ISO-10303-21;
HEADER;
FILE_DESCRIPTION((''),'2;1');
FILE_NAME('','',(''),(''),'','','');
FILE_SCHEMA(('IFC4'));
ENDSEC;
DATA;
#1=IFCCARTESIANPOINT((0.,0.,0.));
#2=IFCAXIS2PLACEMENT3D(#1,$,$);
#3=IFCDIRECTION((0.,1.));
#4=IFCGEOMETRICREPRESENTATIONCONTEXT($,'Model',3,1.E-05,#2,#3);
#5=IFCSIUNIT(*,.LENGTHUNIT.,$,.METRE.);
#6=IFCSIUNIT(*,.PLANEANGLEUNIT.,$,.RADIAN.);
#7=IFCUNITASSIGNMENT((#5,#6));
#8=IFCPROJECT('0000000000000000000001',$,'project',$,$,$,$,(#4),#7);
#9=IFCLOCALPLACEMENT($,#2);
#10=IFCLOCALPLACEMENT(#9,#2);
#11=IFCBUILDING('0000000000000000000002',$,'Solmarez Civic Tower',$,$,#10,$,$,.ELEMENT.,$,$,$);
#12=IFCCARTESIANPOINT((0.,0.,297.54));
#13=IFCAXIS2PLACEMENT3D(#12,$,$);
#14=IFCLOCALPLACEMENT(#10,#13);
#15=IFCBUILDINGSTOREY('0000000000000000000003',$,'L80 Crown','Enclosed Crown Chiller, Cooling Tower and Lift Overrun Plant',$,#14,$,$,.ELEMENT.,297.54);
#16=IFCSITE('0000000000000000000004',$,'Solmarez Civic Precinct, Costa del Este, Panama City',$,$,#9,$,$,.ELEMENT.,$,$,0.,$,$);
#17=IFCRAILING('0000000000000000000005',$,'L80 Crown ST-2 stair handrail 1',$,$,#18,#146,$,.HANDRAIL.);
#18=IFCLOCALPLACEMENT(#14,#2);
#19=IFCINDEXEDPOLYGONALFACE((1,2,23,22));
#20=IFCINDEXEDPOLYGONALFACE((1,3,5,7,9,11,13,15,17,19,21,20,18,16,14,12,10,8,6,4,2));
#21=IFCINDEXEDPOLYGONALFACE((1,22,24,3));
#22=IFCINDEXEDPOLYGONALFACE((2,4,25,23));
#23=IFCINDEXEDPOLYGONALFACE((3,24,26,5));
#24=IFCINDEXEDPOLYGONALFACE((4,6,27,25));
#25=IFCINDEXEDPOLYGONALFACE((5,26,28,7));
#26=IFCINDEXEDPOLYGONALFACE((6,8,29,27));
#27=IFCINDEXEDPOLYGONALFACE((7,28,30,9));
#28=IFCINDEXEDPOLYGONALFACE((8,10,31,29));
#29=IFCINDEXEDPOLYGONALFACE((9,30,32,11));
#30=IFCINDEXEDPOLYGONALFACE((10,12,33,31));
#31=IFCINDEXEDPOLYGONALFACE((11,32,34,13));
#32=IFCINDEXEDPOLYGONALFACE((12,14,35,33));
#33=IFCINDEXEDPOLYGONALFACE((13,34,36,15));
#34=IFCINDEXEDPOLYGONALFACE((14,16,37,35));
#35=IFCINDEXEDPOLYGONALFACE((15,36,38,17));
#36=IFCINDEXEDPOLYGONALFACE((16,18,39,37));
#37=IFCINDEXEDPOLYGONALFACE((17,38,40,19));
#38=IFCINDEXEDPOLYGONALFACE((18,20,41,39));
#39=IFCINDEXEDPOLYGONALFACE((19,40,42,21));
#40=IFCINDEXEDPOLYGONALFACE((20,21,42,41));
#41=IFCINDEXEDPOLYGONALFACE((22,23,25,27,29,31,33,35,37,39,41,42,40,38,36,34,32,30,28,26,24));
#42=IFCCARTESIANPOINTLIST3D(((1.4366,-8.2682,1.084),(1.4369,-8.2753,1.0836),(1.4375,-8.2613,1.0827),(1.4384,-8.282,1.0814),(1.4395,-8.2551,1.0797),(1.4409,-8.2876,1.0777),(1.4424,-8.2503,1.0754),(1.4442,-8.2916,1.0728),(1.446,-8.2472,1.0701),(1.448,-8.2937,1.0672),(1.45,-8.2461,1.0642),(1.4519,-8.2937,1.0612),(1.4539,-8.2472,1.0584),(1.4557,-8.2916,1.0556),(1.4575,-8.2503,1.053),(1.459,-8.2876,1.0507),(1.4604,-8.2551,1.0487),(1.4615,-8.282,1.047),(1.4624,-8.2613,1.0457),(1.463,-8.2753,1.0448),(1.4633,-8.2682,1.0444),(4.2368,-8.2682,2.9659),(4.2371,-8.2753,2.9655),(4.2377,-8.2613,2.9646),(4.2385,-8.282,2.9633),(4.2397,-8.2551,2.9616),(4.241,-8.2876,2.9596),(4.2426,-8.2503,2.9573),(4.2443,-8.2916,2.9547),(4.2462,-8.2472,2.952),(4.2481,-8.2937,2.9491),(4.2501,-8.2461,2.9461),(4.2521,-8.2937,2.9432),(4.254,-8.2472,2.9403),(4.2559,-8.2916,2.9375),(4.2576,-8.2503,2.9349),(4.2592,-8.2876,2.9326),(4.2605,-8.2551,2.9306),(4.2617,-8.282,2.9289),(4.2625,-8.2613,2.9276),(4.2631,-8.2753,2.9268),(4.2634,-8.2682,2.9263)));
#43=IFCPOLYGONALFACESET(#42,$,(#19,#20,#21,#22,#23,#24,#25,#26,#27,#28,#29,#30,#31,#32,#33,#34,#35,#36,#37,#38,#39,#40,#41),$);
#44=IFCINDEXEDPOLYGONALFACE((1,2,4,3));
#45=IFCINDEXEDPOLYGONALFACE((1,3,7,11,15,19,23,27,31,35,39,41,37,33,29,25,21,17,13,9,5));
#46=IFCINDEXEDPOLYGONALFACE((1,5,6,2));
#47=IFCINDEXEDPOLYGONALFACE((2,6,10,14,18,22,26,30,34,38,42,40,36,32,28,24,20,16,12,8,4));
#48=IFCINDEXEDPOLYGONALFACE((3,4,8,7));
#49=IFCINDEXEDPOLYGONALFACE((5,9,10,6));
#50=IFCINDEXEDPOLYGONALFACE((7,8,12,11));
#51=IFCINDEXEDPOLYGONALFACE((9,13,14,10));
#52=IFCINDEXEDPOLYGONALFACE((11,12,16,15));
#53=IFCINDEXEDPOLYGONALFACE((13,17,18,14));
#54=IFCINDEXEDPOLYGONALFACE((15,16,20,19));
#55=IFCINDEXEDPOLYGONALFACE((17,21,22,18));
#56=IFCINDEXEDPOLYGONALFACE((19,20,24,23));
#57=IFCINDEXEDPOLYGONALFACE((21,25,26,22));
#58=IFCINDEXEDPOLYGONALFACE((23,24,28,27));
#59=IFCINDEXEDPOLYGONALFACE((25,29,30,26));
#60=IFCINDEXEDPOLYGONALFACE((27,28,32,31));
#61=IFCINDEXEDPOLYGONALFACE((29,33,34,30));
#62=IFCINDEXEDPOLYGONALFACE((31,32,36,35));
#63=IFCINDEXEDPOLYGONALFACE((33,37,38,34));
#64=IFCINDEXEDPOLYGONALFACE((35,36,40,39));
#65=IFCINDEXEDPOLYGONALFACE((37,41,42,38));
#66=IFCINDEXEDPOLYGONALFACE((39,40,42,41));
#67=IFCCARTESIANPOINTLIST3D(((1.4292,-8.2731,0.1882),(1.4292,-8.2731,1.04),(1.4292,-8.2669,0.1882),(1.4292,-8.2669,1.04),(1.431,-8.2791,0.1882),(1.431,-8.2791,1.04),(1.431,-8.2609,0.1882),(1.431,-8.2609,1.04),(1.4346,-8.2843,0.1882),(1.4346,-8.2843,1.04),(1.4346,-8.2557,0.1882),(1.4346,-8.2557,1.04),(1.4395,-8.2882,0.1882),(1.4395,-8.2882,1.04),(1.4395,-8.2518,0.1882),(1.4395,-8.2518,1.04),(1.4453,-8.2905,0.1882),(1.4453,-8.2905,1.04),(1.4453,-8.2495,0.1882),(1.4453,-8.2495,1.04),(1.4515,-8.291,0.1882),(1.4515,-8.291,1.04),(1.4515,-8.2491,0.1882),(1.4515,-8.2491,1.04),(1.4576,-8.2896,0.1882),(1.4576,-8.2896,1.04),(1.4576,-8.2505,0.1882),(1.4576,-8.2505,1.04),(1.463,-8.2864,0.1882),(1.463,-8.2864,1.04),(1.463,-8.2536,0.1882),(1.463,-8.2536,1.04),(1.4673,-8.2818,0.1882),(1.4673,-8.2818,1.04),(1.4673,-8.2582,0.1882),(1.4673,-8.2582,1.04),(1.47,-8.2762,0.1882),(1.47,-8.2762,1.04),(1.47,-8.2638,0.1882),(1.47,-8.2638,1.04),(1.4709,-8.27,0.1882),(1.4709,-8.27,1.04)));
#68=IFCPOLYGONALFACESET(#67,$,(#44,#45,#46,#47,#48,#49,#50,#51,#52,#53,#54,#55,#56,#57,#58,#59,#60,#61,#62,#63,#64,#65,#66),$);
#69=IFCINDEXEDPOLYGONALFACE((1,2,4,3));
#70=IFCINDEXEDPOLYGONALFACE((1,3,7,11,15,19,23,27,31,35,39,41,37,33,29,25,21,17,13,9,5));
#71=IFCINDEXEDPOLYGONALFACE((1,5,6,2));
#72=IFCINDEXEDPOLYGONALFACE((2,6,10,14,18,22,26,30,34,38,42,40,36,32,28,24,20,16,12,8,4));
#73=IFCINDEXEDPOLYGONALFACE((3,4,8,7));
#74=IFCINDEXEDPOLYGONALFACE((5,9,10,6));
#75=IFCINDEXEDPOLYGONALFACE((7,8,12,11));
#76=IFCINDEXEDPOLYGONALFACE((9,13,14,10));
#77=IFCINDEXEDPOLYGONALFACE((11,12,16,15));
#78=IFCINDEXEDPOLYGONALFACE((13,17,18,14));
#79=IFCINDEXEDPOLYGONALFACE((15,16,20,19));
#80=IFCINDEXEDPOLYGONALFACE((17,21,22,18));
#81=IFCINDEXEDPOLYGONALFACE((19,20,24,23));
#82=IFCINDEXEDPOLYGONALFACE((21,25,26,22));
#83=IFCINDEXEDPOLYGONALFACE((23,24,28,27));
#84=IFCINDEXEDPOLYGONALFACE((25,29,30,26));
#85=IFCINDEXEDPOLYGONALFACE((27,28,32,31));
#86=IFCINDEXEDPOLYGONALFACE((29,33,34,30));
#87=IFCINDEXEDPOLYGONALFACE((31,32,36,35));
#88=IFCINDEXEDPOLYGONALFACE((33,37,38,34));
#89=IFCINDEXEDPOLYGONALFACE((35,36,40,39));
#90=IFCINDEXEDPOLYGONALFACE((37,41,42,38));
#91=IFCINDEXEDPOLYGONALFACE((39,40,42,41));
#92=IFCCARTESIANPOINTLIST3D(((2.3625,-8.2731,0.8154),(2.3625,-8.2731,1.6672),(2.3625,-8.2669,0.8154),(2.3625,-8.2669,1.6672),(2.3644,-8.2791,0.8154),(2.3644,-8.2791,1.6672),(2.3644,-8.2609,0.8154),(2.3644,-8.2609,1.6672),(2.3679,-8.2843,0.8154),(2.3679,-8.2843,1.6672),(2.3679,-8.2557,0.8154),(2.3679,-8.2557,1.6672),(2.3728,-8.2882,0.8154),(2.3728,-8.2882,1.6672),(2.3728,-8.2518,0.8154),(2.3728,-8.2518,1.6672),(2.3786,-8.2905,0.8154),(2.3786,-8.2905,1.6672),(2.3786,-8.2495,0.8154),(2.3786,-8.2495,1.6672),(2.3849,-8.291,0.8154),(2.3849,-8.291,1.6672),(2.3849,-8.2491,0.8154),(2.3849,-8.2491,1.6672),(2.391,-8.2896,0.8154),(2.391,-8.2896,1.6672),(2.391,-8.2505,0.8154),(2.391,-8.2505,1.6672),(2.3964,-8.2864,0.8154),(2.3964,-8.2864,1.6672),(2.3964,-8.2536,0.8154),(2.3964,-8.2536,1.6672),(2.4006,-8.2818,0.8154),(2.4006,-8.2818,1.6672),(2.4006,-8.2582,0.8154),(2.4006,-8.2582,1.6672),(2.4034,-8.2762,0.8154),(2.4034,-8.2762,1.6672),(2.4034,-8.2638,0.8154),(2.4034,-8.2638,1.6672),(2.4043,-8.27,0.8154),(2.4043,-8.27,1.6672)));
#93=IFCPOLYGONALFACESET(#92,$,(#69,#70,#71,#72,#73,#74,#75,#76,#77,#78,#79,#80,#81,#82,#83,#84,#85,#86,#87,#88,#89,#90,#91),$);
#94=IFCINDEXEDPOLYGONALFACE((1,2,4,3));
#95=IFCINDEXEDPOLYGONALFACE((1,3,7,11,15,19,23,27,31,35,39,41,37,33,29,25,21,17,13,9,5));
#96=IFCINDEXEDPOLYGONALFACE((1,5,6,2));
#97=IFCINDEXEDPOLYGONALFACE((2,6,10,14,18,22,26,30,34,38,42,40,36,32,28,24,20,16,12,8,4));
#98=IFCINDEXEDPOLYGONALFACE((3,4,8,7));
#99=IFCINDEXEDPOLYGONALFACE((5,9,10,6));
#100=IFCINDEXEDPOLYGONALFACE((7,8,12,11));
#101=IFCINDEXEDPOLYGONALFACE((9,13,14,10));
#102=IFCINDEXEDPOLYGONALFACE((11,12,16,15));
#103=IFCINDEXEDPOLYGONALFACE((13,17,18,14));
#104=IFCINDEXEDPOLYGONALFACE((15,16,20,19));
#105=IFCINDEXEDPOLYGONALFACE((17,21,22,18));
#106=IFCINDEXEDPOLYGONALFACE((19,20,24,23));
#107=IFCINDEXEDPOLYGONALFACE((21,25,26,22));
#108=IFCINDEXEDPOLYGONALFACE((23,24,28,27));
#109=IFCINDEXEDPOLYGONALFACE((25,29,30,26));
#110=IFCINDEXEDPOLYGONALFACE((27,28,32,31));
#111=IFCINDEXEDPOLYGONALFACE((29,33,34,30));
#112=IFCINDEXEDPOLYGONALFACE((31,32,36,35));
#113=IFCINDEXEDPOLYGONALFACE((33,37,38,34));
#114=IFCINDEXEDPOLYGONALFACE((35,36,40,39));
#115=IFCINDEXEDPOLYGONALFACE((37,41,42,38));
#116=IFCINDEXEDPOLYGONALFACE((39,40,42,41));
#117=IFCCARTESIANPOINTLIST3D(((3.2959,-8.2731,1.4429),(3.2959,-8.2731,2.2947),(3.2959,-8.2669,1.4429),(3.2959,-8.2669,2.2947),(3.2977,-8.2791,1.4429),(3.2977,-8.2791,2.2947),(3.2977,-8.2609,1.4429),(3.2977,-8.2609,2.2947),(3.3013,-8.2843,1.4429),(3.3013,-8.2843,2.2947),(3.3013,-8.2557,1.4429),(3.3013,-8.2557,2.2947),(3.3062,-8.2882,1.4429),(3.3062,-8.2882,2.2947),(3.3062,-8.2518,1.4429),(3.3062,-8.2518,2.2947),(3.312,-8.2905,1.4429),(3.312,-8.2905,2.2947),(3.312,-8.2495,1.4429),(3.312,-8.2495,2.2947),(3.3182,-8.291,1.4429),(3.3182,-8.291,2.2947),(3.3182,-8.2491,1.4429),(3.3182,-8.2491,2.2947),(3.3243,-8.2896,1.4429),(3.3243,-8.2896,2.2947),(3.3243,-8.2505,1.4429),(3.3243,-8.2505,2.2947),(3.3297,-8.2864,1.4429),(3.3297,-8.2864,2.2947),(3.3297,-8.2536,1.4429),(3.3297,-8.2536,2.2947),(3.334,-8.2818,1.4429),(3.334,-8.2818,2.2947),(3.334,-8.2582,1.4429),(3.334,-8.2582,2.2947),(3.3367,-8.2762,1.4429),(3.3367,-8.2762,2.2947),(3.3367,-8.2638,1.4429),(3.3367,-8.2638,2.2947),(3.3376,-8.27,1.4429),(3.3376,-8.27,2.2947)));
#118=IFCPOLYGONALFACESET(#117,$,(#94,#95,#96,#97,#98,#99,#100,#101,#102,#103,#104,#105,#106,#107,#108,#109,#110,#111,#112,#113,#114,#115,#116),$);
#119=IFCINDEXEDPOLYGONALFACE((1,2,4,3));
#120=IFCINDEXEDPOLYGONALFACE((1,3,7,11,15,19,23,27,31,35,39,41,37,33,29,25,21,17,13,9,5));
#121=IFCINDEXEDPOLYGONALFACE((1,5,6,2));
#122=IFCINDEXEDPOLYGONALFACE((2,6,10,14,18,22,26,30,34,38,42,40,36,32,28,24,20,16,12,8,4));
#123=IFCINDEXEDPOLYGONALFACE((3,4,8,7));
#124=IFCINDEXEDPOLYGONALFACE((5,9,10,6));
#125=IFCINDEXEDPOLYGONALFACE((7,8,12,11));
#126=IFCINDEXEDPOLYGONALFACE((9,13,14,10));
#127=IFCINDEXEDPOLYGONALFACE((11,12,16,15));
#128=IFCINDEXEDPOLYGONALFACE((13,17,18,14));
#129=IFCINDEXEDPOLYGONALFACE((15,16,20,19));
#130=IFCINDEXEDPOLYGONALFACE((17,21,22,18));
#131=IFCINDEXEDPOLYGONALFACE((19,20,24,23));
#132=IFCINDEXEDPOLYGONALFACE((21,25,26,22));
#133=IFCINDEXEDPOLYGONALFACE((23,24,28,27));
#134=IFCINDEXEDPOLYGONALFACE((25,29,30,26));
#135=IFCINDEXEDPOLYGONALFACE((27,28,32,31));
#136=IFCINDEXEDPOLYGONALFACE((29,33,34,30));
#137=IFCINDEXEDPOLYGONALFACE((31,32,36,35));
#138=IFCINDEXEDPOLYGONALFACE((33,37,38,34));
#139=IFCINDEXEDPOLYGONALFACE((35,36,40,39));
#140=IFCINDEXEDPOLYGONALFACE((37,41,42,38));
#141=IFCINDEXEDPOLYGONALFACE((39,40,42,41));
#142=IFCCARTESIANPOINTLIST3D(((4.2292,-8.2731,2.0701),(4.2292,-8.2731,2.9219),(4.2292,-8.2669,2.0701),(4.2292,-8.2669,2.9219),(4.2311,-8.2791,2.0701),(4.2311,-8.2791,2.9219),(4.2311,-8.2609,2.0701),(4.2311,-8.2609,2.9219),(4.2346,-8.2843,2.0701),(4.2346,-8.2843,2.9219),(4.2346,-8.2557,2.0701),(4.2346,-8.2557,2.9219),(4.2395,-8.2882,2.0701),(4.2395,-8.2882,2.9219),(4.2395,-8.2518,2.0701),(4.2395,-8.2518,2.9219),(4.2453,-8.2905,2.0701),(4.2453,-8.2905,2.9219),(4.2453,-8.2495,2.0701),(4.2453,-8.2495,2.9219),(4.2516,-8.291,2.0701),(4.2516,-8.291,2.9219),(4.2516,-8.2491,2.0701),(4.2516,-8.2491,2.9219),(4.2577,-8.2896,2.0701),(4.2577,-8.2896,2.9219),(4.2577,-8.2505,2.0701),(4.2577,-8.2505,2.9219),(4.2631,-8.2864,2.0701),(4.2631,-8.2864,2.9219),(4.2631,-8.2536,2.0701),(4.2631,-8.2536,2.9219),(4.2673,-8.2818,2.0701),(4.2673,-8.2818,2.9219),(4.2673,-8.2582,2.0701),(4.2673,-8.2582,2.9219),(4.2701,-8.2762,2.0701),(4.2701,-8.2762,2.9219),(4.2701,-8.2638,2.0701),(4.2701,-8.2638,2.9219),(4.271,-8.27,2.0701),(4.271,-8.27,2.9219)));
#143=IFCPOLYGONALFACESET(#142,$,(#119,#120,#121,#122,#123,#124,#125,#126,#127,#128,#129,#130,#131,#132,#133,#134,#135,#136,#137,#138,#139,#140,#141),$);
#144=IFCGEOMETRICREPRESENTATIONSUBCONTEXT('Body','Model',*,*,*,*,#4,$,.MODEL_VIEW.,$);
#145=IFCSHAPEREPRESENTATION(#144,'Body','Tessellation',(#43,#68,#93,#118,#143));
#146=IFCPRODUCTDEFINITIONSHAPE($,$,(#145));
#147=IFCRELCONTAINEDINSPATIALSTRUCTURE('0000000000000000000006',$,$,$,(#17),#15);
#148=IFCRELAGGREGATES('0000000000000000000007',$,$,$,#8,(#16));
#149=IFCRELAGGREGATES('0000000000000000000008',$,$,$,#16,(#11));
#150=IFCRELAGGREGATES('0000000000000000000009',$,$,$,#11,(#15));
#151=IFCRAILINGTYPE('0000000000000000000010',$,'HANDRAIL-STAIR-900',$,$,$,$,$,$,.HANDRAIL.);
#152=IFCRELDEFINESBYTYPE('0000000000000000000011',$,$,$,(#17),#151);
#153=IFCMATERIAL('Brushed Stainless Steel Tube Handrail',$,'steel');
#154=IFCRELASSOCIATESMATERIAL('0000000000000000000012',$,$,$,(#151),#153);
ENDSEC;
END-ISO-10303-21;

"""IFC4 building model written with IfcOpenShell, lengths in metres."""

from ifc_helpers import new_model, si_unit, direction, frame, origin, origin_2d, place, context, subcontext, project, spatial, circle, extrude, material, type_object, element, save


model = new_model("IFC4")

# Units and contexts
model_context = context("Model", 3, precision=1e-05, world=origin(), true_north=direction((0.0, 1.0)))
body_context = subcontext(model_context, "Body", "Model", "MODEL_VIEW")
ifc_project = project(units=[si_unit("LENGTHUNIT", "METRE"), si_unit("PLANEANGLEUNIT", "RADIAN")], contexts=[model_context])

# Site, building, storey
site_placement = place(None, origin())
site = spatial("IfcSite", under=ifc_project, at=site_placement, Name="Solmarez Civic Precinct, Costa del Este, Panama City", CompositionType="ELEMENT", RefElevation=0.0)
building_placement = place(site_placement, origin())
building = spatial("IfcBuilding", under=site, at=building_placement, Name="Solmarez Civic Tower", CompositionType="ELEMENT")
storey_placement = place(building_placement, frame((0.0, 0.0, 297.54)))
storey = spatial("IfcBuildingStorey", under=building, at=storey_placement, Name="L80 Crown", Description="Enclosed Crown Chiller, Cooling Tower and Lift Overrun Plant", CompositionType="ELEMENT", Elevation=297.54)

# Railing
ifc_material_1 = material(Name="Brushed Stainless Steel Tube Handrail", Category="steel")
railing_type_1 = type_object("IfcRailingType", Name="HANDRAIL-STAIR-900", PredefinedType="HANDRAIL", material=ifc_material_1)
railing_1_placement = place(storey_placement, frame((1.45, -8.27, 0.1882)))
element("IfcRailing", 1, at=railing_1_placement, inside=storey, type_object=railing_type_1, Name="L80 Crown ST-2 stair handrail 1", PredefinedType="HANDRAIL", context=body_context, shape_type="SweptSolid", body=[
    extrude(circle(Radius=0.0239, at=origin_2d()), frame((0.0, 0.0, 0.876), z_axis=(0.829974, 0.0, 0.557803), x_axis=(0.0, 1.0, 0.0)), (0.0, 0.0, 1.0), 3.3738),
    extrude(circle(Radius=0.021, at=origin_2d()), origin(), (0.0, 0.0, 1.0), 0.8518),
    extrude(circle(Radius=0.021, at=origin_2d()), frame((0.9333, 0.0, 0.6272)), (0.0, 0.0, 1.0), 0.8518),
    extrude(circle(Radius=0.021, at=origin_2d()), frame((1.8667, 0.0, 1.2546)), (0.0, 0.0, 1.0), 0.8518),
    extrude(circle(Radius=0.021, at=origin_2d()), frame((2.8, 0.0, 1.8818)), (0.0, 0.0, 1.0), 0.8518),
])

save(model, "model.ifc")
